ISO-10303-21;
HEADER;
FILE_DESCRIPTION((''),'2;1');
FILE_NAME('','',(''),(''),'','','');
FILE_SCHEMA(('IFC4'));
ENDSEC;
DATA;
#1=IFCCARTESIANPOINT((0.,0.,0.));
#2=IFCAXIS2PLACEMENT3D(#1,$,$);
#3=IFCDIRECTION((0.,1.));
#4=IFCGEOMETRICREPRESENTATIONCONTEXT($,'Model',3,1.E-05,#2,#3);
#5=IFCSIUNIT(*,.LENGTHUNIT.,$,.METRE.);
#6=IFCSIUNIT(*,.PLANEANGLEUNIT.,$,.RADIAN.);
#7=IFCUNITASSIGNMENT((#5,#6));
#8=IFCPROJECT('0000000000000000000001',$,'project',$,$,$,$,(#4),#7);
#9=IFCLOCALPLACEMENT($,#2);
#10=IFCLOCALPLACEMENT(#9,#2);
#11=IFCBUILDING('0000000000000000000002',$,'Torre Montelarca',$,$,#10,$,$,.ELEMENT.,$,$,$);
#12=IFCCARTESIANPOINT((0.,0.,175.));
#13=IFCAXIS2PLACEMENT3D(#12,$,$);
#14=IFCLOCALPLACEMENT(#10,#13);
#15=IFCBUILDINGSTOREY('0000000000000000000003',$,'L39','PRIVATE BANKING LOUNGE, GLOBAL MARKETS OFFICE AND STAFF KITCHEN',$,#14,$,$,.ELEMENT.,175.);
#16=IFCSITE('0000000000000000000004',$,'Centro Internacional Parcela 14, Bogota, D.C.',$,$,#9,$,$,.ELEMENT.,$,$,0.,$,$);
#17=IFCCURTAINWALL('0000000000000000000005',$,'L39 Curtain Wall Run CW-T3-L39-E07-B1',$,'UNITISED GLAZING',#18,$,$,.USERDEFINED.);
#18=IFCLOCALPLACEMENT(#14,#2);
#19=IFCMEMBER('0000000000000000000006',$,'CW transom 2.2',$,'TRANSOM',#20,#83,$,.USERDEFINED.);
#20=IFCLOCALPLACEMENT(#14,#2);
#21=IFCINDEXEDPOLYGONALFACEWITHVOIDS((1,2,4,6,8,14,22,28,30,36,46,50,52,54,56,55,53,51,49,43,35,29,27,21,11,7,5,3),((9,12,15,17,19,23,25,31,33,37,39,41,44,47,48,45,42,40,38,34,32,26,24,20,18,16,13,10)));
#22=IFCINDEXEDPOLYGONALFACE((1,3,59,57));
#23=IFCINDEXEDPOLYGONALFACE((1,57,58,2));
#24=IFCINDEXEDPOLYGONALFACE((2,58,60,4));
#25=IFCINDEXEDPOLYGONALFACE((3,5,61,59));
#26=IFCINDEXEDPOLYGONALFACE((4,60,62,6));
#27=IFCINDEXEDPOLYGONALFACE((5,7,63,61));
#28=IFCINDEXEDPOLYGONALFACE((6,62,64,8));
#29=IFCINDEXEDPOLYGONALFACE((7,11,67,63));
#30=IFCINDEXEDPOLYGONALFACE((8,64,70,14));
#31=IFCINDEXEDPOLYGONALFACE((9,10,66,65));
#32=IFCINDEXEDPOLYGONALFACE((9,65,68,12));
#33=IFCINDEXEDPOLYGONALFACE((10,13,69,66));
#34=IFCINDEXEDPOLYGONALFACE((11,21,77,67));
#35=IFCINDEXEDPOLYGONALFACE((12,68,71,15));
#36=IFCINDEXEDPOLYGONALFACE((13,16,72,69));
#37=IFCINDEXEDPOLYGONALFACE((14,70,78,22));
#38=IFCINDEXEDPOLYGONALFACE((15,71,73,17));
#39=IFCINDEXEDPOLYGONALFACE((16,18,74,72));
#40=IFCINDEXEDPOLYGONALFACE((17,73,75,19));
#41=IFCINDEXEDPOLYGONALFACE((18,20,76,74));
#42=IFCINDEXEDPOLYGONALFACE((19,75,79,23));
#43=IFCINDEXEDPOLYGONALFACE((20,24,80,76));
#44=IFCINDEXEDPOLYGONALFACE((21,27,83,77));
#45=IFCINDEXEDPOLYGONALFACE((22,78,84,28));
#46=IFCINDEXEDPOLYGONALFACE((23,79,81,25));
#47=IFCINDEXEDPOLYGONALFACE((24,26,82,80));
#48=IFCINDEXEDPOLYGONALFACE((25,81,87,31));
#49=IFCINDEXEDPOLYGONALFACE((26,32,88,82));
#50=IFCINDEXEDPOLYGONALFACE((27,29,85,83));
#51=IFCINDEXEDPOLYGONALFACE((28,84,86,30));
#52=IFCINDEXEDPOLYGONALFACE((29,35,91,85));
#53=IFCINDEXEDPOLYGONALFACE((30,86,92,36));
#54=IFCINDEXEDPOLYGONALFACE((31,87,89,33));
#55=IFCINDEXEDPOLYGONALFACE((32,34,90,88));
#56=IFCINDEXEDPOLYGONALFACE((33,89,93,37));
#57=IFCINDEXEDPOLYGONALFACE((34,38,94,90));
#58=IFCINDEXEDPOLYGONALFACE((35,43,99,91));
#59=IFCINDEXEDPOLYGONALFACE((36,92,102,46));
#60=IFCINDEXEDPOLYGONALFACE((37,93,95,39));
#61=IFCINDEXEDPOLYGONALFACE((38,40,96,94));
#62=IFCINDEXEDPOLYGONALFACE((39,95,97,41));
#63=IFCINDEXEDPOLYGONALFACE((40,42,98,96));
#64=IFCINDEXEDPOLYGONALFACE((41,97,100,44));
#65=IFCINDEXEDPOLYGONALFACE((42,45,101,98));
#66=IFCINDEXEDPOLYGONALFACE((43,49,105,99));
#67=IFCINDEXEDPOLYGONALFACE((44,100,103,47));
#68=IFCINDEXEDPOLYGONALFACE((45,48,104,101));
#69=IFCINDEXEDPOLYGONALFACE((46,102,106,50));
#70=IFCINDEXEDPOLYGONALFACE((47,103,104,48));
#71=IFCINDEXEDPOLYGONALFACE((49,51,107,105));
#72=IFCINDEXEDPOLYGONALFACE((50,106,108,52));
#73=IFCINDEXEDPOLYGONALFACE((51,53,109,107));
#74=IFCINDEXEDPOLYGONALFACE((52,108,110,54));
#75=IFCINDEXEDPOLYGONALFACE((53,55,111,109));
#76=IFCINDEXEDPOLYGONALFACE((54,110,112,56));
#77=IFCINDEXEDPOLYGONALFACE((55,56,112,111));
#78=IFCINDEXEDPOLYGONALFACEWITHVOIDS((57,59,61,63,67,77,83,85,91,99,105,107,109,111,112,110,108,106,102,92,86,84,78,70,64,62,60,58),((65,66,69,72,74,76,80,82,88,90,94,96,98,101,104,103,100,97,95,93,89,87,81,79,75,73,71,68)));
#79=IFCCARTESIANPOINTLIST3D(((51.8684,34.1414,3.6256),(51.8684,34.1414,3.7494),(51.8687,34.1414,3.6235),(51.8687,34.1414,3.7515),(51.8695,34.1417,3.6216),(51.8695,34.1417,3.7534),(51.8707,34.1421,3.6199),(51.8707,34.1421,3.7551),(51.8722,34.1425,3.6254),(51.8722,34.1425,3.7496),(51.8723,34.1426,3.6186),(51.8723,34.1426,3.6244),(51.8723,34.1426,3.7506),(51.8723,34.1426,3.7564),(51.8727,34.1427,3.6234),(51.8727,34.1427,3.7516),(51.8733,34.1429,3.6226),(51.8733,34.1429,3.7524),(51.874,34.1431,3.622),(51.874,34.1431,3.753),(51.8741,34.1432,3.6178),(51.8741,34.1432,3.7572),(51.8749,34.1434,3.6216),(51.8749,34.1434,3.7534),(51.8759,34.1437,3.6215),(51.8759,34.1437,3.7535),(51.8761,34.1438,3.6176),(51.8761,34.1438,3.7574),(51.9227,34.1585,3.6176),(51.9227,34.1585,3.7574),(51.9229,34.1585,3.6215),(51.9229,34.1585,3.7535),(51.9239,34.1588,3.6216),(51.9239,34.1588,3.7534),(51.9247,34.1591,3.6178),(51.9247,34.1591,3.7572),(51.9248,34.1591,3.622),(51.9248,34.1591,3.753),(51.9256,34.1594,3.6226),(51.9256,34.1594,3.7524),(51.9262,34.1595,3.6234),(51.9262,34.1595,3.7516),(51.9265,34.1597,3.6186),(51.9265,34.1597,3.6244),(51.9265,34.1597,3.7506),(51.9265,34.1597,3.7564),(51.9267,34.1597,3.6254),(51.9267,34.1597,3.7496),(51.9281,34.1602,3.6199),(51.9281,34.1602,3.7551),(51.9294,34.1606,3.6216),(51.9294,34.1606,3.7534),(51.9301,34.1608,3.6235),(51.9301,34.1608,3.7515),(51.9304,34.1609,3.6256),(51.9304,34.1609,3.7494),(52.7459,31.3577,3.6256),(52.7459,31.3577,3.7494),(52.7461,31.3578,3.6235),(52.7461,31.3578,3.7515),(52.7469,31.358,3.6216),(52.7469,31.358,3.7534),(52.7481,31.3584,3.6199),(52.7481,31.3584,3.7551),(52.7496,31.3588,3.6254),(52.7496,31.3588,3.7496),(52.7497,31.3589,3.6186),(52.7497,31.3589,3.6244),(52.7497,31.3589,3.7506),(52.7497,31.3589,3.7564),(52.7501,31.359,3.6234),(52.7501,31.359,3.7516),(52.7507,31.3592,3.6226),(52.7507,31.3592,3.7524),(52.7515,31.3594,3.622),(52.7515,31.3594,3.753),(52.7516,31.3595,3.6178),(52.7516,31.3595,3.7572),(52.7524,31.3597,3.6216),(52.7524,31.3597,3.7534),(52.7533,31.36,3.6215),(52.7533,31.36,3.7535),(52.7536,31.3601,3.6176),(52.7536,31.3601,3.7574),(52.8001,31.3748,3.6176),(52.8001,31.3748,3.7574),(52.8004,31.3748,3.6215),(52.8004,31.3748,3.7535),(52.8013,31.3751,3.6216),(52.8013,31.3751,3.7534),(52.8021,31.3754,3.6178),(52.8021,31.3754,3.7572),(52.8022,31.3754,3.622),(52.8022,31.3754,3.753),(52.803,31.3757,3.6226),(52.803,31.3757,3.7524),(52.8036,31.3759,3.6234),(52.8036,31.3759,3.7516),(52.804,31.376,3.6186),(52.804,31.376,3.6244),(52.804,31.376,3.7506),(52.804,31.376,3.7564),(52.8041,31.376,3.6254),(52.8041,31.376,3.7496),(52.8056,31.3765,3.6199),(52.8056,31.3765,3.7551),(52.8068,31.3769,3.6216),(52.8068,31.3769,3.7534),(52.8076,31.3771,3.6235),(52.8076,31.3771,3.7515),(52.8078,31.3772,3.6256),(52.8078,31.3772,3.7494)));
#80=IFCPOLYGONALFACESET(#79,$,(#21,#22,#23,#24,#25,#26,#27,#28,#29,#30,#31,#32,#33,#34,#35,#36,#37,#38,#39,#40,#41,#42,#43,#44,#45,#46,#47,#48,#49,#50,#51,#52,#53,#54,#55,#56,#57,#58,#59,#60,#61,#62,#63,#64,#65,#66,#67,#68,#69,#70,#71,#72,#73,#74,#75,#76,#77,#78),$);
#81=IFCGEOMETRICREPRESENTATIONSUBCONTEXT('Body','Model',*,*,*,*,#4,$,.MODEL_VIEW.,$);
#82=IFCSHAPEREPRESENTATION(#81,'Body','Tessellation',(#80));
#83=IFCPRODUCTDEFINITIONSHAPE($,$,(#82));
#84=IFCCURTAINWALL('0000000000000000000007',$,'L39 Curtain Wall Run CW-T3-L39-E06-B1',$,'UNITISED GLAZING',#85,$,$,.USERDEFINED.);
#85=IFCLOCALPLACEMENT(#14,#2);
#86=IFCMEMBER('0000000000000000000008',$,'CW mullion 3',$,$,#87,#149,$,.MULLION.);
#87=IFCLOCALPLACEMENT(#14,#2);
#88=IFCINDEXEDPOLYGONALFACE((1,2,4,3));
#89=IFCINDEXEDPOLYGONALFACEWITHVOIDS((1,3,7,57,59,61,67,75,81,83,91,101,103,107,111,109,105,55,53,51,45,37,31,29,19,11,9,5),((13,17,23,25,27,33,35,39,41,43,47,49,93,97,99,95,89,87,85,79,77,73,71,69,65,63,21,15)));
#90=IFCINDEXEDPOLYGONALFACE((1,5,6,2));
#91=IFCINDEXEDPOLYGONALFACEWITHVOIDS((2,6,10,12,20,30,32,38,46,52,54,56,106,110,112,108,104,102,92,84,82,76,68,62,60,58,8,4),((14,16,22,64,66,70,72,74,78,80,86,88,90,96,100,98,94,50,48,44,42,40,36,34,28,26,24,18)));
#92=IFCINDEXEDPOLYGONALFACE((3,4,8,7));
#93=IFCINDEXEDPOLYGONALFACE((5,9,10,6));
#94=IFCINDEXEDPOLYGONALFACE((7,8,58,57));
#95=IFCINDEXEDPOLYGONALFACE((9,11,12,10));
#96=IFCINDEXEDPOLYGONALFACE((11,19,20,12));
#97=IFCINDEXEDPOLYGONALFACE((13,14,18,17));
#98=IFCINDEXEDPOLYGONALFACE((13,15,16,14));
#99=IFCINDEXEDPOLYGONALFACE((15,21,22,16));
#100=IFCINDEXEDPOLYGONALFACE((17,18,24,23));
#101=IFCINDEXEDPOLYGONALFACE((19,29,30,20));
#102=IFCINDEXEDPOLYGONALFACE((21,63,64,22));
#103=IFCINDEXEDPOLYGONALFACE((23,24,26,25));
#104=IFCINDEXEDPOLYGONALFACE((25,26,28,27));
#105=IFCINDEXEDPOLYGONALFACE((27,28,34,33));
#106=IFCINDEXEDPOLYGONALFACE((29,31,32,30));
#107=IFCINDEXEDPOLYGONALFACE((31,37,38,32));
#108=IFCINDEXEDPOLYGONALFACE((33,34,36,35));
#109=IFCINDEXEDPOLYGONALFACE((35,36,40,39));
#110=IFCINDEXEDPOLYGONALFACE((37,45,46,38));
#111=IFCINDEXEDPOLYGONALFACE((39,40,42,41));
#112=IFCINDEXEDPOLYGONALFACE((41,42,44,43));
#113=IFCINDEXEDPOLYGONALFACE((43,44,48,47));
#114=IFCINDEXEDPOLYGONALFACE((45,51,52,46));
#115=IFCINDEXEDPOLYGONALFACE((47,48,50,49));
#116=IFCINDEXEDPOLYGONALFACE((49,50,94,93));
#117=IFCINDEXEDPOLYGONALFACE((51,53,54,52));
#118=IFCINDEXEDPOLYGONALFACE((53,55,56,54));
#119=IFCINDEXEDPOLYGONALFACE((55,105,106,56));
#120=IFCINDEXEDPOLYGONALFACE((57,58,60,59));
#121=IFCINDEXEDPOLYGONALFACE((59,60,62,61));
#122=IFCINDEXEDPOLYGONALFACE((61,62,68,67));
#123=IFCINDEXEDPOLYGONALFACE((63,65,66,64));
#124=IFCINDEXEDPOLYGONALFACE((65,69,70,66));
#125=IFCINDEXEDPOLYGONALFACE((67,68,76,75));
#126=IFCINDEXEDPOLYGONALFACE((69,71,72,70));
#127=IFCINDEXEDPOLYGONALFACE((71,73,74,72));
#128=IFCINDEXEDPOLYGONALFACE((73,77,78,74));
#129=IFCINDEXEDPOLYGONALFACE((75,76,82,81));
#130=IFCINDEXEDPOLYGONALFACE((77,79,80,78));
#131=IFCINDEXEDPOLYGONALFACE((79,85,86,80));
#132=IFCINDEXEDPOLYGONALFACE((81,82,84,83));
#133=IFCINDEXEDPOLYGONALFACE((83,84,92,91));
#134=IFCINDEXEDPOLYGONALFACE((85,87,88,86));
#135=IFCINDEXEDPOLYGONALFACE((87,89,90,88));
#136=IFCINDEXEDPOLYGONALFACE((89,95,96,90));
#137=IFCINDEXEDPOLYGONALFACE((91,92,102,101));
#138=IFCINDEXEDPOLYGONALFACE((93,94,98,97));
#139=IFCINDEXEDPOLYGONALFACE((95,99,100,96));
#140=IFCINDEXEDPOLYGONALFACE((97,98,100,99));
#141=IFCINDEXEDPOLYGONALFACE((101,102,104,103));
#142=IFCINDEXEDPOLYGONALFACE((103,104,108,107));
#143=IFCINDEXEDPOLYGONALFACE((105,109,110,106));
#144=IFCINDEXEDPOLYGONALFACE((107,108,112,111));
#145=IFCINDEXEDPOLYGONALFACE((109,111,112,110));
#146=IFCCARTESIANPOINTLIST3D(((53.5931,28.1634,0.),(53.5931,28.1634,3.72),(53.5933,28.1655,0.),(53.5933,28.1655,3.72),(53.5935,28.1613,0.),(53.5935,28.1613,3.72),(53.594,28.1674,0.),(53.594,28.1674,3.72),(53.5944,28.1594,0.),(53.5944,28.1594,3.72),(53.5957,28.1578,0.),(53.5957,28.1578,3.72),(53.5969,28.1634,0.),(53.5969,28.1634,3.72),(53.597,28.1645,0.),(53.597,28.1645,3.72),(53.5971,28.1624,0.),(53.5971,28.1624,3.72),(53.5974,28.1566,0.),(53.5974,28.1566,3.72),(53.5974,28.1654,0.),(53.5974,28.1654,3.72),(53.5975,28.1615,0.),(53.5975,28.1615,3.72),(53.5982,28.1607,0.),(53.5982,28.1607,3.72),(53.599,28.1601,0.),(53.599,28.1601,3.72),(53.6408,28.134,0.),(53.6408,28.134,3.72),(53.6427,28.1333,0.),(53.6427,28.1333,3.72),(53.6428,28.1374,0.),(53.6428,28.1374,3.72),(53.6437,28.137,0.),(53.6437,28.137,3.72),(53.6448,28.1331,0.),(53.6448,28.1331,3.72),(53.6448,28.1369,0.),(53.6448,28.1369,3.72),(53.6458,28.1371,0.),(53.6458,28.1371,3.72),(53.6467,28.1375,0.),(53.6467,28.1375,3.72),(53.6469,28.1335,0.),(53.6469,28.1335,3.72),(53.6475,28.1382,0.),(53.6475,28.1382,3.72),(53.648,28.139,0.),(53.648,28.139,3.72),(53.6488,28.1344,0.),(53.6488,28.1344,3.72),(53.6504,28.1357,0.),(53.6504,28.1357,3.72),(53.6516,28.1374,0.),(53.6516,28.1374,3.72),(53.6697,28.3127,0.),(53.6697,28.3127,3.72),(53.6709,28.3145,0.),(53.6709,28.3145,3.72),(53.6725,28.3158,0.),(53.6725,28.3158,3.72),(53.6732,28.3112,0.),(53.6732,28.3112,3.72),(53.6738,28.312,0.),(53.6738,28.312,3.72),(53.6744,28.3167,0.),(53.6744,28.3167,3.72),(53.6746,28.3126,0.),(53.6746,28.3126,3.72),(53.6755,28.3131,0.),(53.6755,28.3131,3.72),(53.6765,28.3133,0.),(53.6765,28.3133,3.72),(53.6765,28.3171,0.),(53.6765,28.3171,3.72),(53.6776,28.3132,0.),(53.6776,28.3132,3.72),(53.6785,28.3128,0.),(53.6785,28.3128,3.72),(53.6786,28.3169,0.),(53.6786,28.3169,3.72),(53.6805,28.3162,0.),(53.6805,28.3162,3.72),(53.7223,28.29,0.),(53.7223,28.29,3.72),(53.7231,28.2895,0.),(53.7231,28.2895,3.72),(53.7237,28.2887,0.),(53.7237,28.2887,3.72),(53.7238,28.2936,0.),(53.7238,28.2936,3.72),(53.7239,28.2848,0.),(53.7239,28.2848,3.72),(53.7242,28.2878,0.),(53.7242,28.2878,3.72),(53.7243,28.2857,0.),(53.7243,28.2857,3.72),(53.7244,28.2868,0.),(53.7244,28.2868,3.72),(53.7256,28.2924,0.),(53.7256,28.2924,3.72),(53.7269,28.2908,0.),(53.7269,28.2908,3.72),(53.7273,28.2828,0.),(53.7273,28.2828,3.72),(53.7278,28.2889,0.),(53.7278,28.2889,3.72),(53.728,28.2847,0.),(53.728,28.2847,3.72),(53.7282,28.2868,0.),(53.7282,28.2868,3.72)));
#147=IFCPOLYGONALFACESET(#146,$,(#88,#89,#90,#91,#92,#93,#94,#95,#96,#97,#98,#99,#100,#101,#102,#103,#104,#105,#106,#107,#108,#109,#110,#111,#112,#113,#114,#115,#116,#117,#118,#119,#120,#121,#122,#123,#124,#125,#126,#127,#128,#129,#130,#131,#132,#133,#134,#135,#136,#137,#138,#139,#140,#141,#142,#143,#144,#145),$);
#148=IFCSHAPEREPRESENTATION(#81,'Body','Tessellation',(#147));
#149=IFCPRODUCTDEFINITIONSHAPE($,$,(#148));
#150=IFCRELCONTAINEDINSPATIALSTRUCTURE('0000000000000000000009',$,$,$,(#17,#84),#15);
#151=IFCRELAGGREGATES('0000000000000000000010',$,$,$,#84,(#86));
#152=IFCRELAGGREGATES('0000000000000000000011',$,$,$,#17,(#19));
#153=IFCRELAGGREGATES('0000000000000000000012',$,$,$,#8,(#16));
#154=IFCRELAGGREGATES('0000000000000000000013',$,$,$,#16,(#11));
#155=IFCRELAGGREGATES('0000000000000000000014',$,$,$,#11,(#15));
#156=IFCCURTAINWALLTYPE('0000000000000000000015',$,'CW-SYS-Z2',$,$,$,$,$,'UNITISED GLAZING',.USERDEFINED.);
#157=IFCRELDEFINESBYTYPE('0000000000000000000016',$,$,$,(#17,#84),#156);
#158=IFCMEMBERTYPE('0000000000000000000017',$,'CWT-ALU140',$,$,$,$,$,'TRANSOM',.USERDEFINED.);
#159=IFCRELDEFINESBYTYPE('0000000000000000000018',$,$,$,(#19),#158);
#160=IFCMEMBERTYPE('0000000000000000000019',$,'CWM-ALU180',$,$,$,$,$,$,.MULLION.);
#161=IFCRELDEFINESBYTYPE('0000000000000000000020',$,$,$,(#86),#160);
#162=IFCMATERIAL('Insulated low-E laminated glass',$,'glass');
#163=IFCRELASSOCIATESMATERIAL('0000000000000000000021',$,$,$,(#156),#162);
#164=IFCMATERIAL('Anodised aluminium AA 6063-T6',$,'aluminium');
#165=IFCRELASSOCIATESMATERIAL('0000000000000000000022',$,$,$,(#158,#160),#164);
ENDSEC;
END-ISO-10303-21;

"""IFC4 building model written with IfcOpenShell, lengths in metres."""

from ifc_helpers import new_model, si_unit, direction, frame, origin, origin_2d, place, context, subcontext, project, spatial, hollow_rectangle, extrude, source, transform, mapped, material, material_profile, profile_set, type_object, element, aggregate, save


model = new_model("IFC4")

# Units and contexts
model_context = context("Model", 3, precision=1e-05, world=origin(), true_north=direction((0.0, 1.0)))
body_context = subcontext(model_context, "Body", "Model", "MODEL_VIEW")
ifc_project = project(units=[si_unit("LENGTHUNIT", "METRE"), si_unit("PLANEANGLEUNIT", "RADIAN")], contexts=[model_context])

# Site, building, storey
site_placement = place(None, origin())
site = spatial("IfcSite", under=ifc_project, at=site_placement, Name="Centro Internacional Parcela 14, Bogota, D.C.", CompositionType="ELEMENT", RefElevation=0.0)
building_placement = place(site_placement, origin())
building = spatial("IfcBuilding", under=site, at=building_placement, Name="Torre Montelarca", CompositionType="ELEMENT")
storey_placement = place(building_placement, frame((0.0, 0.0, 175.0)))
storey = spatial("IfcBuildingStorey", under=building, at=storey_placement, Name="L39", Description="PRIVATE BANKING LOUNGE, GLOBAL MARKETS OFFICE AND STAFF KITCHEN", CompositionType="ELEMENT", Elevation=175.0)

# Curtain wall, member
ifc_material_1 = material(Name="Insulated low-E laminated glass", Category="glass")
curtain_wall_type = type_object("IfcCurtainWallType", Name="CW-SYS-Z2", ElementType="UNITISED GLAZING", PredefinedType="USERDEFINED", material=ifc_material_1)
curtain_wall_1_placement = place(storey_placement, origin())
curtain_wall_1 = element("IfcCurtainWall", 1, at=curtain_wall_1_placement, inside=storey, type_object=curtain_wall_type, Name="L39 Curtain Wall Run CW-T3-L39-E07-B1", ObjectType="UNITISED GLAZING", PredefinedType="USERDEFINED")
ifc_material_2 = material(Name="Anodised aluminium AA 6063-T6", Category="aluminium")
ifc_material_profile_1 = material_profile(ifc_material_2, hollow_rectangle(XDim=0.0649, YDim=0.1399, WallThickness=0.0039, InnerFilletRadius=0.0039, OuterFilletRadius=0.0081, at=origin_2d()), Name="ALU65X140X4", Category="aluminium")
ifc_profile_set_1 = profile_set([ifc_material_profile_1], Name="Anodised aluminium AA 6063-T6")
member_type_1 = type_object("IfcMemberType", Name="CWT-ALU140", ElementType="TRANSOM", PredefinedType="USERDEFINED", material=ifc_profile_set_1)
shared_shape_1 = source(origin(), body_context, "Body", "SweptSolid", [
    extrude(hollow_rectangle(XDim=0.0649, YDim=0.1399, WallThickness=0.0039, InnerFilletRadius=0.0039, OuterFilletRadius=0.0081, at=origin_2d()), origin(), (0.0, 0.0, 1.0), 2.9187),
])
member_1_placement = place(storey_placement, frame((52.7769, 31.3674, 3.6875), z_axis=(-0.300627, 0.953742, 0.0), x_axis=(-0.953742, -0.300627, 0.0)))
member_1 = element("IfcMember", 2, at=member_1_placement, type_object=member_type_1, Name="CW transom 2.2", ObjectType="TRANSOM", PredefinedType="USERDEFINED", context=body_context, shape_type="MappedRepresentation", body=[
    mapped(shared_shape_1, transform((0.0, 0.0, 0.0), scale=1.0)),
])

# Curtain wall, member
curtain_wall_2_placement = place(storey_placement, origin())
curtain_wall_2 = element("IfcCurtainWall", 3, at=curtain_wall_2_placement, inside=storey, type_object=curtain_wall_type, Name="L39 Curtain Wall Run CW-T3-L39-E06-B1", ObjectType="UNITISED GLAZING", PredefinedType="USERDEFINED")
ifc_material_profile_2 = material_profile(ifc_material_2, hollow_rectangle(XDim=0.0649, YDim=0.1799, WallThickness=0.0039, InnerFilletRadius=0.0039, OuterFilletRadius=0.0081, at=origin_2d()), Name="ALU65X180X4", Category="aluminium")
ifc_profile_set_2 = profile_set([ifc_material_profile_2], Name="Anodised aluminium AA 6063-T6")
member_type_2 = type_object("IfcMemberType", Name="CWM-ALU180", PredefinedType="MULLION", material=ifc_profile_set_2)
shared_shape_2 = source(origin(), body_context, "Body", "SweptSolid", [
    extrude(hollow_rectangle(XDim=0.0649, YDim=0.1799, WallThickness=0.0039, InnerFilletRadius=0.0039, OuterFilletRadius=0.0081, at=origin_2d()), origin(), (0.0, 0.0, 1.0), 3.72),
])
member_2_placement = place(storey_placement, frame((53.6606, 28.2251, 0.0), z_axis=(0.0, 0.0, 1.0), x_axis=(-0.887014, 0.461743, 0.0)))
member_2 = element("IfcMember", 4, at=member_2_placement, type_object=member_type_2, Name="CW mullion 3", PredefinedType="MULLION", context=body_context, shape_type="MappedRepresentation", body=[
    mapped(shared_shape_2, transform((0.0, 0.0, 0.0), scale=1.0)),
])
aggregate(curtain_wall_2, [member_2])

aggregate(curtain_wall_1, [member_1])

save(model, "model.ifc")
